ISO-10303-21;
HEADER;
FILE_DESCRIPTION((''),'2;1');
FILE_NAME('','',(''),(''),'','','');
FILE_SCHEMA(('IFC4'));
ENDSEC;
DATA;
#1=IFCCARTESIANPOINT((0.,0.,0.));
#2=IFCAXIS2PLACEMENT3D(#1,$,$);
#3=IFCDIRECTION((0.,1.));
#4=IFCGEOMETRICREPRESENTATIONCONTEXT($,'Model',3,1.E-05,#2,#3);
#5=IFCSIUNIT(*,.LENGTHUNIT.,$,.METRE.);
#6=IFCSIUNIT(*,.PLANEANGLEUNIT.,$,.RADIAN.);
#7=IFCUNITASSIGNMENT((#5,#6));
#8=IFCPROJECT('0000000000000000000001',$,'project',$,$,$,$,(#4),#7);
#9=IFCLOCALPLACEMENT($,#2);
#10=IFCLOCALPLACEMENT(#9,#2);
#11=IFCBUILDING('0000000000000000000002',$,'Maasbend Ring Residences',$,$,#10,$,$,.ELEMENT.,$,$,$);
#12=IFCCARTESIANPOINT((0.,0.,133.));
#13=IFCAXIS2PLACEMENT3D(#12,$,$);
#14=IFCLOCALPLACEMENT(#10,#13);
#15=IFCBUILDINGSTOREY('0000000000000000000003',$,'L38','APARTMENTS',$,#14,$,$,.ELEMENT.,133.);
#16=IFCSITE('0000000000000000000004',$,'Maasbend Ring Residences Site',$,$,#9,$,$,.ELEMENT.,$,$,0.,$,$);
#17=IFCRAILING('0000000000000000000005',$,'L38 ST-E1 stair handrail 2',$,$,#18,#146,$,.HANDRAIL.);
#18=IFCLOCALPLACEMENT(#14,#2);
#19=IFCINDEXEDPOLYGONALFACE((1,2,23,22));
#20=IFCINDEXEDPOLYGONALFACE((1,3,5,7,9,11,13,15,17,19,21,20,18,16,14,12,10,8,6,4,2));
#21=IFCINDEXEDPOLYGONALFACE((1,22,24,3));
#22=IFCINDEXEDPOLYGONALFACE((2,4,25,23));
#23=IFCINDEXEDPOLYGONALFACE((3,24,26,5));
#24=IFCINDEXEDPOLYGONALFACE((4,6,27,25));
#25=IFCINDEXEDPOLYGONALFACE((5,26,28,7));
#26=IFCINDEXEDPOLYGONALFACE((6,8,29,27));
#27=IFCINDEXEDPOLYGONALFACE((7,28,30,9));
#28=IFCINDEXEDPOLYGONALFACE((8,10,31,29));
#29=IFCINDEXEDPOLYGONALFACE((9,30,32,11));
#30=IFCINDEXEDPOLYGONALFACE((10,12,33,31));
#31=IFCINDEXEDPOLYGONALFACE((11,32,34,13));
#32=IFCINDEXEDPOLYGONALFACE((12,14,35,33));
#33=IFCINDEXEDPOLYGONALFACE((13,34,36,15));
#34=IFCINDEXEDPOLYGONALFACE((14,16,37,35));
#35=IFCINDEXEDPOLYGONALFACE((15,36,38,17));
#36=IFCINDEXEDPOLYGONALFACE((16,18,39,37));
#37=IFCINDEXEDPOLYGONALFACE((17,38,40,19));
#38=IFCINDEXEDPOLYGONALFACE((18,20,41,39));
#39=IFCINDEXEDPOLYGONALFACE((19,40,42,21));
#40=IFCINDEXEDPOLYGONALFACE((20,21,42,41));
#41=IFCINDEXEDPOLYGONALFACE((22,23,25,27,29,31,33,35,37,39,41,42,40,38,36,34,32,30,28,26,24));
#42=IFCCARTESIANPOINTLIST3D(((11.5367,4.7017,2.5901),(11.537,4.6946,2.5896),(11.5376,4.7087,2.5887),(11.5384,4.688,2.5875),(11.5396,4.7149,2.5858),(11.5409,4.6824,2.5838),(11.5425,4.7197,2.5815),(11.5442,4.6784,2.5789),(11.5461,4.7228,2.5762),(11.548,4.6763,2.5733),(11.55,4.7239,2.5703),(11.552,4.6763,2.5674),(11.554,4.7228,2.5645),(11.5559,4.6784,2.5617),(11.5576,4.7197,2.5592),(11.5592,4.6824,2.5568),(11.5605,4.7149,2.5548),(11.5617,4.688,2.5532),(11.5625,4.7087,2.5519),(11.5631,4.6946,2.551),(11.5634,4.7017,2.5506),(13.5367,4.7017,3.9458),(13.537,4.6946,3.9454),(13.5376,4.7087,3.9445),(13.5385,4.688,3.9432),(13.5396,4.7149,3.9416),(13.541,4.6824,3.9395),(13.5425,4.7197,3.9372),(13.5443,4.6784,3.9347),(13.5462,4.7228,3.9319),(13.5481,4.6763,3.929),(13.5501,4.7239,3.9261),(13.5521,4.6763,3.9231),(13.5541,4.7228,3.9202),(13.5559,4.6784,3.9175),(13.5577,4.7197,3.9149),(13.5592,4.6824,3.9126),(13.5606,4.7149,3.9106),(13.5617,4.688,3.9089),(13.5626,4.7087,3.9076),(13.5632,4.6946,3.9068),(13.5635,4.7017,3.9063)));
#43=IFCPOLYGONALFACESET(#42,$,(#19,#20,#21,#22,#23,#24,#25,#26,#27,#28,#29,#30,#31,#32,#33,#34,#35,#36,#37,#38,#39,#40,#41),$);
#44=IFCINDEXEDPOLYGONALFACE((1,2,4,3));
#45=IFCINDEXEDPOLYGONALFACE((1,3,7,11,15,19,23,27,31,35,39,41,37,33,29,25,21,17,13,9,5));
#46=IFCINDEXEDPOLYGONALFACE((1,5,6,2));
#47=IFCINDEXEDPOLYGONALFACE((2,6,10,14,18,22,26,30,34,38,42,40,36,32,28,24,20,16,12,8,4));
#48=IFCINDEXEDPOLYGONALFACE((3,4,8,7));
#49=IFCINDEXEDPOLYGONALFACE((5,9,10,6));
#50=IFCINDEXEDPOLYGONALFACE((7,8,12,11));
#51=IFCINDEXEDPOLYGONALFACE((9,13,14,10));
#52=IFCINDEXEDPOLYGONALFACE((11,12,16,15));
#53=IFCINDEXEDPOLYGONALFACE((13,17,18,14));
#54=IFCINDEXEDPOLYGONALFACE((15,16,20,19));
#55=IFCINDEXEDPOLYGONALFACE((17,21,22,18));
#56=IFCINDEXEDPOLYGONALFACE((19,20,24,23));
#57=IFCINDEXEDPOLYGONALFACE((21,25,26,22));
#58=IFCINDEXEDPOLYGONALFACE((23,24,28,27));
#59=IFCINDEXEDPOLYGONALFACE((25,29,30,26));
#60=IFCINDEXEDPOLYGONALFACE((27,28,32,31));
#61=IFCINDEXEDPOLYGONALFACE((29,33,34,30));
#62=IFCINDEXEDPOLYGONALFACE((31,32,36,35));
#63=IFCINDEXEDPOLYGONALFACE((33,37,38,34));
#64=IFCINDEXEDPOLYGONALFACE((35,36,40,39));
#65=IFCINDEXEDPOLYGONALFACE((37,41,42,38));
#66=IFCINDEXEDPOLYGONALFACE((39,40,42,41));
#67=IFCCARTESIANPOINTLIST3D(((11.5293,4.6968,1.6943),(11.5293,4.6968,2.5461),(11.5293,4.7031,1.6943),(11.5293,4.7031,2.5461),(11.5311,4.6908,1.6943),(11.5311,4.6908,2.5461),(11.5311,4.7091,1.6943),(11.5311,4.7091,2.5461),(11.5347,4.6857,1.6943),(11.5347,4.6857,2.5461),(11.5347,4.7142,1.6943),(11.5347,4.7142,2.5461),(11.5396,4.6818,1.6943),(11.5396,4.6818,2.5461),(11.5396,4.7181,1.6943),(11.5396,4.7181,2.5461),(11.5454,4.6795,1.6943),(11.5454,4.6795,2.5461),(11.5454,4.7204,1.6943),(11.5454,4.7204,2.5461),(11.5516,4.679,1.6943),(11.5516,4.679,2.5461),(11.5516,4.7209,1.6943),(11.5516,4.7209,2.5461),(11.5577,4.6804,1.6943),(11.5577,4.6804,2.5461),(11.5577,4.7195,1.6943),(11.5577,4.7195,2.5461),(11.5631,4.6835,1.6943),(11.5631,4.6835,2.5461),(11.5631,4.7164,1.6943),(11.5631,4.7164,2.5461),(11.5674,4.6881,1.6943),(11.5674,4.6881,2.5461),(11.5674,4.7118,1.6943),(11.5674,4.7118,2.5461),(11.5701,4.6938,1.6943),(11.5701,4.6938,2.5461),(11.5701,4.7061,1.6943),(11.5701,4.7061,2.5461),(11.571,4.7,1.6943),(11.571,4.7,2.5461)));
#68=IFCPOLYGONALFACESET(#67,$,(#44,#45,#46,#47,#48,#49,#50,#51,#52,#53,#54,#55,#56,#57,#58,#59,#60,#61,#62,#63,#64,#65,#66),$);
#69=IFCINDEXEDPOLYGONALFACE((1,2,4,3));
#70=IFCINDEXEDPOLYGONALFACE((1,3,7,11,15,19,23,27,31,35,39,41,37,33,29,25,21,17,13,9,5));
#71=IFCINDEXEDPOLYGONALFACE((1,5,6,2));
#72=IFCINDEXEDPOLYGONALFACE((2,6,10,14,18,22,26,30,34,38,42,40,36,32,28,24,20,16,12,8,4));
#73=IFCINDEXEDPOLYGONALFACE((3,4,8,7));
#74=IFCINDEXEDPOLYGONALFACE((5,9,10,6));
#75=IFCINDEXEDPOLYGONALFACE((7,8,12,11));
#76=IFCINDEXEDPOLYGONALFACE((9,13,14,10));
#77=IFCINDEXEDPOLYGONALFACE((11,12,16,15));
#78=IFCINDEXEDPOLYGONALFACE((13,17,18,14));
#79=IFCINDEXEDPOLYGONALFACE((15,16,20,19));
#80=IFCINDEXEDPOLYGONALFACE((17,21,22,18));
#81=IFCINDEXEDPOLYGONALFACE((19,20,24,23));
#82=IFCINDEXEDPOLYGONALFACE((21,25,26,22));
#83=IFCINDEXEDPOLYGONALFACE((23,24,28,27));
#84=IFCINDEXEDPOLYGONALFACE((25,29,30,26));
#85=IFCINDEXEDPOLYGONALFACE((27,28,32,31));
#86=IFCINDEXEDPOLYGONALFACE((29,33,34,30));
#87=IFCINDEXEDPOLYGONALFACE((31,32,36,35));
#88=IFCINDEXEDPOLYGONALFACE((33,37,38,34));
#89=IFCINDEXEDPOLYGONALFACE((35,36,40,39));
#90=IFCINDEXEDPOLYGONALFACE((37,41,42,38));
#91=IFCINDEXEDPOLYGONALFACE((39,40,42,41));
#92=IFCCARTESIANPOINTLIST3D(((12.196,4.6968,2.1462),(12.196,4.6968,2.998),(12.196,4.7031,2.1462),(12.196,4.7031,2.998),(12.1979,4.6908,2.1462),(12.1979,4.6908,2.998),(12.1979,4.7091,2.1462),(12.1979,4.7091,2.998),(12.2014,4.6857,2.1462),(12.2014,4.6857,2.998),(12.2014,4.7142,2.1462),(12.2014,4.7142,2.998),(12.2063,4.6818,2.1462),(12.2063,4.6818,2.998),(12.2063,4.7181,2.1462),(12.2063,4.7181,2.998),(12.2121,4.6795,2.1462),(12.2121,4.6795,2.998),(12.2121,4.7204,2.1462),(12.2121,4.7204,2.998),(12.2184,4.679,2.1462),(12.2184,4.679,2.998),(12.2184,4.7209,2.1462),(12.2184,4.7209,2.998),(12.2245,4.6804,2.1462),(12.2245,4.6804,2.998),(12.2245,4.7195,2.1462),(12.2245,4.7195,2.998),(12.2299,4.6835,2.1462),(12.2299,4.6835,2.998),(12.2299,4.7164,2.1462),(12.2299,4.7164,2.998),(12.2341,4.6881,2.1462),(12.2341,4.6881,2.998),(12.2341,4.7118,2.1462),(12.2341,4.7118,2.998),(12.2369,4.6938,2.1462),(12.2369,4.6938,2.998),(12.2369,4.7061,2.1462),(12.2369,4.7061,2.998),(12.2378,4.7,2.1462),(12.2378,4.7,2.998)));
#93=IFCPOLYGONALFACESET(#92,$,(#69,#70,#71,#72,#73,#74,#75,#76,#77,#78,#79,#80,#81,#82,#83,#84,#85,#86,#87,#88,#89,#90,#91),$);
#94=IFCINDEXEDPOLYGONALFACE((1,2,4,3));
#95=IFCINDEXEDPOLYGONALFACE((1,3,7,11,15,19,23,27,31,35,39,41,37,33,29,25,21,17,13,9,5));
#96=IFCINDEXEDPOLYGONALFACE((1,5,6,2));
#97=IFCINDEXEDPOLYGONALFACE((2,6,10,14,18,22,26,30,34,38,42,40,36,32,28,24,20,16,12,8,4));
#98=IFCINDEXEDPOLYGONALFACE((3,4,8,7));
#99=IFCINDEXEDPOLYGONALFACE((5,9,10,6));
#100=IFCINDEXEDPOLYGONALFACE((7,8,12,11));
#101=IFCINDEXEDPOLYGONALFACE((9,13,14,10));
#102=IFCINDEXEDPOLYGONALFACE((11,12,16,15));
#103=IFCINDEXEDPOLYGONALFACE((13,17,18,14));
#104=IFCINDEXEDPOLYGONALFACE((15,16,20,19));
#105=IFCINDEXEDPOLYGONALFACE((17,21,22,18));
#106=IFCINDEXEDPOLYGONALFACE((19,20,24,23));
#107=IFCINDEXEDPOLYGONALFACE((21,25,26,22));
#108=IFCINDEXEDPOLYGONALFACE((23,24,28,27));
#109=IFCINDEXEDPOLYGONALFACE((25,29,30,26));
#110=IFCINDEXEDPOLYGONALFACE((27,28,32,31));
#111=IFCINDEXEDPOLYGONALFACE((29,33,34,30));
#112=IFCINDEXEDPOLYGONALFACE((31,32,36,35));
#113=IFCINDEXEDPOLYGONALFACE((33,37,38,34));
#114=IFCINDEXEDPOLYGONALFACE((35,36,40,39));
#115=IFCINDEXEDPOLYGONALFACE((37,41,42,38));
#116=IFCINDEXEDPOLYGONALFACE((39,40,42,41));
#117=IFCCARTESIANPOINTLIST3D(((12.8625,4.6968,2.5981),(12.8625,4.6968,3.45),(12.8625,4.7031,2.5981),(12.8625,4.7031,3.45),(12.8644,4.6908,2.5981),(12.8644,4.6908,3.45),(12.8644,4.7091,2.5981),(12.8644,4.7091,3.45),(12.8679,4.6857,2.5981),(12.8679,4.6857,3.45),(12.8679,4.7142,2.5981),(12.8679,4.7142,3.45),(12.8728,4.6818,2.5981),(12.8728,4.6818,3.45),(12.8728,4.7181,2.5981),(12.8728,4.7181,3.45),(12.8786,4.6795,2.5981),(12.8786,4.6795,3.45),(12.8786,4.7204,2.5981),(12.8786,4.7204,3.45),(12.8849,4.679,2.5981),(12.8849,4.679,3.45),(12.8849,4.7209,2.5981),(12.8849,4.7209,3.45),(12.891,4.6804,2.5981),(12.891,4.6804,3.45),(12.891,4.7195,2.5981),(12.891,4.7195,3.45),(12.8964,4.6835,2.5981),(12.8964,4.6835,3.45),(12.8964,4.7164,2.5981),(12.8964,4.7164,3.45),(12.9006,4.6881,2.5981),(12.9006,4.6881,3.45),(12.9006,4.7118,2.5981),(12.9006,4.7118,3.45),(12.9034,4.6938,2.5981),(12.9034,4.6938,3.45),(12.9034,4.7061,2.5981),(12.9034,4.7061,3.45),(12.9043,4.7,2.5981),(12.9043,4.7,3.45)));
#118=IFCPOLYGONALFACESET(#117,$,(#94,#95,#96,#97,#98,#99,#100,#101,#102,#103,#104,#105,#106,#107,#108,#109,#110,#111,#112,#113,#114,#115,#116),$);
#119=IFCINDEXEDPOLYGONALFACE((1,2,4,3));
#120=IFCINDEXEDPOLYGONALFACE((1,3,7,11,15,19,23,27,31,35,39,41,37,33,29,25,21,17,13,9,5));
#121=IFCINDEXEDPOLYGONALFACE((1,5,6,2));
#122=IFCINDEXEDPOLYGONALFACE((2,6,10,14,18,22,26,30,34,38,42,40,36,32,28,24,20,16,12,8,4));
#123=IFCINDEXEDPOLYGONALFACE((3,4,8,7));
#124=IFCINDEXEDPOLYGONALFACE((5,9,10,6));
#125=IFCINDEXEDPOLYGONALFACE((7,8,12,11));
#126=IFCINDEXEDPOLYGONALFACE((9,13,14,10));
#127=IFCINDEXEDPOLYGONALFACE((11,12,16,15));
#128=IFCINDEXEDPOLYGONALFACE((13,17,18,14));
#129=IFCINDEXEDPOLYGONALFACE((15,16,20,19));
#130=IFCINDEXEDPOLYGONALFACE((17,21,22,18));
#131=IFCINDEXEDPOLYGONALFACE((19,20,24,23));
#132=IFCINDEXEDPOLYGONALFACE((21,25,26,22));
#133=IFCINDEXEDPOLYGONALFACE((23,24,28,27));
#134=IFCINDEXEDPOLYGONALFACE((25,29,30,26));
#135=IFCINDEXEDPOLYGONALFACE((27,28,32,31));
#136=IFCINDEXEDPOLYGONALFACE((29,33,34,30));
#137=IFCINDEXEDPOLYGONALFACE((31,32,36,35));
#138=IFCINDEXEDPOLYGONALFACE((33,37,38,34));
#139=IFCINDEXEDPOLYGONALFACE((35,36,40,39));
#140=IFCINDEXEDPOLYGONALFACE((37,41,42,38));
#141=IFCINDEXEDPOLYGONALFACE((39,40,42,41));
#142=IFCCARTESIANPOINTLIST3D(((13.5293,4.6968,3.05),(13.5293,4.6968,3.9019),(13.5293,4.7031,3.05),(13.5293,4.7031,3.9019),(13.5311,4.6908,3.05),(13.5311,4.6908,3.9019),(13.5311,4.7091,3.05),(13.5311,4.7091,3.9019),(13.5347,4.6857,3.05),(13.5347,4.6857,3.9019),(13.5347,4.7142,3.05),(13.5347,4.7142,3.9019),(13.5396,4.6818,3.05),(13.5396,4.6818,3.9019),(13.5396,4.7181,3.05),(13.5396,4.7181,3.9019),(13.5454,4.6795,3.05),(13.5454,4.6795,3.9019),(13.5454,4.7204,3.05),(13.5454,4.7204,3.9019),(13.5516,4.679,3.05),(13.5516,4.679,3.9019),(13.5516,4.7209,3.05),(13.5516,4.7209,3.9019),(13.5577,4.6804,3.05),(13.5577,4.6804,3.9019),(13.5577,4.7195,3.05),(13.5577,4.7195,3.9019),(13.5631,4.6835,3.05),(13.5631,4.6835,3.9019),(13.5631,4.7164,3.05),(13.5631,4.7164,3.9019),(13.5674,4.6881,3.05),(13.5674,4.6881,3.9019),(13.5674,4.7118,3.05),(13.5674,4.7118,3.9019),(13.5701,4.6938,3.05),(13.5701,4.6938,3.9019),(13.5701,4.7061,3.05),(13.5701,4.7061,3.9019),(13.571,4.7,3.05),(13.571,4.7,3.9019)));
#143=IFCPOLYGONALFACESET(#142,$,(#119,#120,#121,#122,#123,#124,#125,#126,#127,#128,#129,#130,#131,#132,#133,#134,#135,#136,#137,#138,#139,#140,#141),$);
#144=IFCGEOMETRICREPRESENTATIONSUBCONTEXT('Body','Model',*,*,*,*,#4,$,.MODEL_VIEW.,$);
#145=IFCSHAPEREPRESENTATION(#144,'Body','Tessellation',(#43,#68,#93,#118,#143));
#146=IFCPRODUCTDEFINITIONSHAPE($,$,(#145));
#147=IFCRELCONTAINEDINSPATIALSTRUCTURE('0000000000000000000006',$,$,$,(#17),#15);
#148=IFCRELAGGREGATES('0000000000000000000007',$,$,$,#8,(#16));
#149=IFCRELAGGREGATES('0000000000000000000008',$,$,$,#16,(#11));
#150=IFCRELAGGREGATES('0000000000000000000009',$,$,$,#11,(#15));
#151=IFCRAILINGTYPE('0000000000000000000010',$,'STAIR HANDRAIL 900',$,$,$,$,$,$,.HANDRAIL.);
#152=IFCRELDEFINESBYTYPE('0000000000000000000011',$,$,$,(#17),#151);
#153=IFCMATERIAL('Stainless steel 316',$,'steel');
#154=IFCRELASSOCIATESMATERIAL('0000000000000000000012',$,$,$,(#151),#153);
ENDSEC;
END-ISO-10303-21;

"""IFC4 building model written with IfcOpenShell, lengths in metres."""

from ifc_helpers import new_model, si_unit, direction, frame, origin, origin_2d, place, context, subcontext, project, spatial, circle, extrude, material, type_object, element, save


model = new_model("IFC4")

# Units and contexts
model_context = context("Model", 3, precision=1e-05, world=origin(), true_north=direction((0.0, 1.0)))
body_context = subcontext(model_context, "Body", "Model", "MODEL_VIEW")
ifc_project = project(units=[si_unit("LENGTHUNIT", "METRE"), si_unit("PLANEANGLEUNIT", "RADIAN")], contexts=[model_context])

# Site, building, storey
site_placement = place(None, origin())
site = spatial("IfcSite", under=ifc_project, at=site_placement, Name="Maasbend Ring Residences Site", CompositionType="ELEMENT", RefElevation=0.0)
building_placement = place(site_placement, origin())
building = spatial("IfcBuilding", under=site, at=building_placement, Name="Maasbend Ring Residences", CompositionType="ELEMENT")
storey_placement = place(building_placement, frame((0.0, 0.0, 133.0)))
storey = spatial("IfcBuildingStorey", under=building, at=storey_placement, Name="L38", Description="APARTMENTS", CompositionType="ELEMENT", Elevation=133.0)

# Railing
ifc_material_1 = material(Name="Stainless steel 316", Category="steel")
railing_type_1 = type_object("IfcRailingType", Name="STAIR HANDRAIL 900", PredefinedType="HANDRAIL", material=ifc_material_1)
railing_1_placement = place(storey_placement, frame((11.55, 4.7, 1.6943)))
element("IfcRailing", 1, at=railing_1_placement, inside=storey, type_object=railing_type_1, Name="L38 ST-E1 stair handrail 2", PredefinedType="HANDRAIL", context=body_context, shape_type="SweptSolid", body=[
    extrude(circle(Radius=0.0239, at=origin_2d()), frame((0.0, 0.0, 0.876), z_axis=(0.827751, 0.0, 0.561096), x_axis=(0.0, 1.0, 0.0)), (0.0, 0.0, 1.0), 2.4163),
    extrude(circle(Radius=0.021, at=origin_2d()), origin(), (0.0, 0.0, 1.0), 0.8518),
    extrude(circle(Radius=0.021, at=origin_2d()), frame((0.6667, 0.0, 0.4519)), (0.0, 0.0, 1.0), 0.8518),
    extrude(circle(Radius=0.021, at=origin_2d()), frame((1.3333, 0.0, 0.9038)), (0.0, 0.0, 1.0), 0.8518),
    extrude(circle(Radius=0.021, at=origin_2d()), frame((2.0, 0.0, 1.3557)), (0.0, 0.0, 1.0), 0.8518),
])

save(model, "model.ifc")
